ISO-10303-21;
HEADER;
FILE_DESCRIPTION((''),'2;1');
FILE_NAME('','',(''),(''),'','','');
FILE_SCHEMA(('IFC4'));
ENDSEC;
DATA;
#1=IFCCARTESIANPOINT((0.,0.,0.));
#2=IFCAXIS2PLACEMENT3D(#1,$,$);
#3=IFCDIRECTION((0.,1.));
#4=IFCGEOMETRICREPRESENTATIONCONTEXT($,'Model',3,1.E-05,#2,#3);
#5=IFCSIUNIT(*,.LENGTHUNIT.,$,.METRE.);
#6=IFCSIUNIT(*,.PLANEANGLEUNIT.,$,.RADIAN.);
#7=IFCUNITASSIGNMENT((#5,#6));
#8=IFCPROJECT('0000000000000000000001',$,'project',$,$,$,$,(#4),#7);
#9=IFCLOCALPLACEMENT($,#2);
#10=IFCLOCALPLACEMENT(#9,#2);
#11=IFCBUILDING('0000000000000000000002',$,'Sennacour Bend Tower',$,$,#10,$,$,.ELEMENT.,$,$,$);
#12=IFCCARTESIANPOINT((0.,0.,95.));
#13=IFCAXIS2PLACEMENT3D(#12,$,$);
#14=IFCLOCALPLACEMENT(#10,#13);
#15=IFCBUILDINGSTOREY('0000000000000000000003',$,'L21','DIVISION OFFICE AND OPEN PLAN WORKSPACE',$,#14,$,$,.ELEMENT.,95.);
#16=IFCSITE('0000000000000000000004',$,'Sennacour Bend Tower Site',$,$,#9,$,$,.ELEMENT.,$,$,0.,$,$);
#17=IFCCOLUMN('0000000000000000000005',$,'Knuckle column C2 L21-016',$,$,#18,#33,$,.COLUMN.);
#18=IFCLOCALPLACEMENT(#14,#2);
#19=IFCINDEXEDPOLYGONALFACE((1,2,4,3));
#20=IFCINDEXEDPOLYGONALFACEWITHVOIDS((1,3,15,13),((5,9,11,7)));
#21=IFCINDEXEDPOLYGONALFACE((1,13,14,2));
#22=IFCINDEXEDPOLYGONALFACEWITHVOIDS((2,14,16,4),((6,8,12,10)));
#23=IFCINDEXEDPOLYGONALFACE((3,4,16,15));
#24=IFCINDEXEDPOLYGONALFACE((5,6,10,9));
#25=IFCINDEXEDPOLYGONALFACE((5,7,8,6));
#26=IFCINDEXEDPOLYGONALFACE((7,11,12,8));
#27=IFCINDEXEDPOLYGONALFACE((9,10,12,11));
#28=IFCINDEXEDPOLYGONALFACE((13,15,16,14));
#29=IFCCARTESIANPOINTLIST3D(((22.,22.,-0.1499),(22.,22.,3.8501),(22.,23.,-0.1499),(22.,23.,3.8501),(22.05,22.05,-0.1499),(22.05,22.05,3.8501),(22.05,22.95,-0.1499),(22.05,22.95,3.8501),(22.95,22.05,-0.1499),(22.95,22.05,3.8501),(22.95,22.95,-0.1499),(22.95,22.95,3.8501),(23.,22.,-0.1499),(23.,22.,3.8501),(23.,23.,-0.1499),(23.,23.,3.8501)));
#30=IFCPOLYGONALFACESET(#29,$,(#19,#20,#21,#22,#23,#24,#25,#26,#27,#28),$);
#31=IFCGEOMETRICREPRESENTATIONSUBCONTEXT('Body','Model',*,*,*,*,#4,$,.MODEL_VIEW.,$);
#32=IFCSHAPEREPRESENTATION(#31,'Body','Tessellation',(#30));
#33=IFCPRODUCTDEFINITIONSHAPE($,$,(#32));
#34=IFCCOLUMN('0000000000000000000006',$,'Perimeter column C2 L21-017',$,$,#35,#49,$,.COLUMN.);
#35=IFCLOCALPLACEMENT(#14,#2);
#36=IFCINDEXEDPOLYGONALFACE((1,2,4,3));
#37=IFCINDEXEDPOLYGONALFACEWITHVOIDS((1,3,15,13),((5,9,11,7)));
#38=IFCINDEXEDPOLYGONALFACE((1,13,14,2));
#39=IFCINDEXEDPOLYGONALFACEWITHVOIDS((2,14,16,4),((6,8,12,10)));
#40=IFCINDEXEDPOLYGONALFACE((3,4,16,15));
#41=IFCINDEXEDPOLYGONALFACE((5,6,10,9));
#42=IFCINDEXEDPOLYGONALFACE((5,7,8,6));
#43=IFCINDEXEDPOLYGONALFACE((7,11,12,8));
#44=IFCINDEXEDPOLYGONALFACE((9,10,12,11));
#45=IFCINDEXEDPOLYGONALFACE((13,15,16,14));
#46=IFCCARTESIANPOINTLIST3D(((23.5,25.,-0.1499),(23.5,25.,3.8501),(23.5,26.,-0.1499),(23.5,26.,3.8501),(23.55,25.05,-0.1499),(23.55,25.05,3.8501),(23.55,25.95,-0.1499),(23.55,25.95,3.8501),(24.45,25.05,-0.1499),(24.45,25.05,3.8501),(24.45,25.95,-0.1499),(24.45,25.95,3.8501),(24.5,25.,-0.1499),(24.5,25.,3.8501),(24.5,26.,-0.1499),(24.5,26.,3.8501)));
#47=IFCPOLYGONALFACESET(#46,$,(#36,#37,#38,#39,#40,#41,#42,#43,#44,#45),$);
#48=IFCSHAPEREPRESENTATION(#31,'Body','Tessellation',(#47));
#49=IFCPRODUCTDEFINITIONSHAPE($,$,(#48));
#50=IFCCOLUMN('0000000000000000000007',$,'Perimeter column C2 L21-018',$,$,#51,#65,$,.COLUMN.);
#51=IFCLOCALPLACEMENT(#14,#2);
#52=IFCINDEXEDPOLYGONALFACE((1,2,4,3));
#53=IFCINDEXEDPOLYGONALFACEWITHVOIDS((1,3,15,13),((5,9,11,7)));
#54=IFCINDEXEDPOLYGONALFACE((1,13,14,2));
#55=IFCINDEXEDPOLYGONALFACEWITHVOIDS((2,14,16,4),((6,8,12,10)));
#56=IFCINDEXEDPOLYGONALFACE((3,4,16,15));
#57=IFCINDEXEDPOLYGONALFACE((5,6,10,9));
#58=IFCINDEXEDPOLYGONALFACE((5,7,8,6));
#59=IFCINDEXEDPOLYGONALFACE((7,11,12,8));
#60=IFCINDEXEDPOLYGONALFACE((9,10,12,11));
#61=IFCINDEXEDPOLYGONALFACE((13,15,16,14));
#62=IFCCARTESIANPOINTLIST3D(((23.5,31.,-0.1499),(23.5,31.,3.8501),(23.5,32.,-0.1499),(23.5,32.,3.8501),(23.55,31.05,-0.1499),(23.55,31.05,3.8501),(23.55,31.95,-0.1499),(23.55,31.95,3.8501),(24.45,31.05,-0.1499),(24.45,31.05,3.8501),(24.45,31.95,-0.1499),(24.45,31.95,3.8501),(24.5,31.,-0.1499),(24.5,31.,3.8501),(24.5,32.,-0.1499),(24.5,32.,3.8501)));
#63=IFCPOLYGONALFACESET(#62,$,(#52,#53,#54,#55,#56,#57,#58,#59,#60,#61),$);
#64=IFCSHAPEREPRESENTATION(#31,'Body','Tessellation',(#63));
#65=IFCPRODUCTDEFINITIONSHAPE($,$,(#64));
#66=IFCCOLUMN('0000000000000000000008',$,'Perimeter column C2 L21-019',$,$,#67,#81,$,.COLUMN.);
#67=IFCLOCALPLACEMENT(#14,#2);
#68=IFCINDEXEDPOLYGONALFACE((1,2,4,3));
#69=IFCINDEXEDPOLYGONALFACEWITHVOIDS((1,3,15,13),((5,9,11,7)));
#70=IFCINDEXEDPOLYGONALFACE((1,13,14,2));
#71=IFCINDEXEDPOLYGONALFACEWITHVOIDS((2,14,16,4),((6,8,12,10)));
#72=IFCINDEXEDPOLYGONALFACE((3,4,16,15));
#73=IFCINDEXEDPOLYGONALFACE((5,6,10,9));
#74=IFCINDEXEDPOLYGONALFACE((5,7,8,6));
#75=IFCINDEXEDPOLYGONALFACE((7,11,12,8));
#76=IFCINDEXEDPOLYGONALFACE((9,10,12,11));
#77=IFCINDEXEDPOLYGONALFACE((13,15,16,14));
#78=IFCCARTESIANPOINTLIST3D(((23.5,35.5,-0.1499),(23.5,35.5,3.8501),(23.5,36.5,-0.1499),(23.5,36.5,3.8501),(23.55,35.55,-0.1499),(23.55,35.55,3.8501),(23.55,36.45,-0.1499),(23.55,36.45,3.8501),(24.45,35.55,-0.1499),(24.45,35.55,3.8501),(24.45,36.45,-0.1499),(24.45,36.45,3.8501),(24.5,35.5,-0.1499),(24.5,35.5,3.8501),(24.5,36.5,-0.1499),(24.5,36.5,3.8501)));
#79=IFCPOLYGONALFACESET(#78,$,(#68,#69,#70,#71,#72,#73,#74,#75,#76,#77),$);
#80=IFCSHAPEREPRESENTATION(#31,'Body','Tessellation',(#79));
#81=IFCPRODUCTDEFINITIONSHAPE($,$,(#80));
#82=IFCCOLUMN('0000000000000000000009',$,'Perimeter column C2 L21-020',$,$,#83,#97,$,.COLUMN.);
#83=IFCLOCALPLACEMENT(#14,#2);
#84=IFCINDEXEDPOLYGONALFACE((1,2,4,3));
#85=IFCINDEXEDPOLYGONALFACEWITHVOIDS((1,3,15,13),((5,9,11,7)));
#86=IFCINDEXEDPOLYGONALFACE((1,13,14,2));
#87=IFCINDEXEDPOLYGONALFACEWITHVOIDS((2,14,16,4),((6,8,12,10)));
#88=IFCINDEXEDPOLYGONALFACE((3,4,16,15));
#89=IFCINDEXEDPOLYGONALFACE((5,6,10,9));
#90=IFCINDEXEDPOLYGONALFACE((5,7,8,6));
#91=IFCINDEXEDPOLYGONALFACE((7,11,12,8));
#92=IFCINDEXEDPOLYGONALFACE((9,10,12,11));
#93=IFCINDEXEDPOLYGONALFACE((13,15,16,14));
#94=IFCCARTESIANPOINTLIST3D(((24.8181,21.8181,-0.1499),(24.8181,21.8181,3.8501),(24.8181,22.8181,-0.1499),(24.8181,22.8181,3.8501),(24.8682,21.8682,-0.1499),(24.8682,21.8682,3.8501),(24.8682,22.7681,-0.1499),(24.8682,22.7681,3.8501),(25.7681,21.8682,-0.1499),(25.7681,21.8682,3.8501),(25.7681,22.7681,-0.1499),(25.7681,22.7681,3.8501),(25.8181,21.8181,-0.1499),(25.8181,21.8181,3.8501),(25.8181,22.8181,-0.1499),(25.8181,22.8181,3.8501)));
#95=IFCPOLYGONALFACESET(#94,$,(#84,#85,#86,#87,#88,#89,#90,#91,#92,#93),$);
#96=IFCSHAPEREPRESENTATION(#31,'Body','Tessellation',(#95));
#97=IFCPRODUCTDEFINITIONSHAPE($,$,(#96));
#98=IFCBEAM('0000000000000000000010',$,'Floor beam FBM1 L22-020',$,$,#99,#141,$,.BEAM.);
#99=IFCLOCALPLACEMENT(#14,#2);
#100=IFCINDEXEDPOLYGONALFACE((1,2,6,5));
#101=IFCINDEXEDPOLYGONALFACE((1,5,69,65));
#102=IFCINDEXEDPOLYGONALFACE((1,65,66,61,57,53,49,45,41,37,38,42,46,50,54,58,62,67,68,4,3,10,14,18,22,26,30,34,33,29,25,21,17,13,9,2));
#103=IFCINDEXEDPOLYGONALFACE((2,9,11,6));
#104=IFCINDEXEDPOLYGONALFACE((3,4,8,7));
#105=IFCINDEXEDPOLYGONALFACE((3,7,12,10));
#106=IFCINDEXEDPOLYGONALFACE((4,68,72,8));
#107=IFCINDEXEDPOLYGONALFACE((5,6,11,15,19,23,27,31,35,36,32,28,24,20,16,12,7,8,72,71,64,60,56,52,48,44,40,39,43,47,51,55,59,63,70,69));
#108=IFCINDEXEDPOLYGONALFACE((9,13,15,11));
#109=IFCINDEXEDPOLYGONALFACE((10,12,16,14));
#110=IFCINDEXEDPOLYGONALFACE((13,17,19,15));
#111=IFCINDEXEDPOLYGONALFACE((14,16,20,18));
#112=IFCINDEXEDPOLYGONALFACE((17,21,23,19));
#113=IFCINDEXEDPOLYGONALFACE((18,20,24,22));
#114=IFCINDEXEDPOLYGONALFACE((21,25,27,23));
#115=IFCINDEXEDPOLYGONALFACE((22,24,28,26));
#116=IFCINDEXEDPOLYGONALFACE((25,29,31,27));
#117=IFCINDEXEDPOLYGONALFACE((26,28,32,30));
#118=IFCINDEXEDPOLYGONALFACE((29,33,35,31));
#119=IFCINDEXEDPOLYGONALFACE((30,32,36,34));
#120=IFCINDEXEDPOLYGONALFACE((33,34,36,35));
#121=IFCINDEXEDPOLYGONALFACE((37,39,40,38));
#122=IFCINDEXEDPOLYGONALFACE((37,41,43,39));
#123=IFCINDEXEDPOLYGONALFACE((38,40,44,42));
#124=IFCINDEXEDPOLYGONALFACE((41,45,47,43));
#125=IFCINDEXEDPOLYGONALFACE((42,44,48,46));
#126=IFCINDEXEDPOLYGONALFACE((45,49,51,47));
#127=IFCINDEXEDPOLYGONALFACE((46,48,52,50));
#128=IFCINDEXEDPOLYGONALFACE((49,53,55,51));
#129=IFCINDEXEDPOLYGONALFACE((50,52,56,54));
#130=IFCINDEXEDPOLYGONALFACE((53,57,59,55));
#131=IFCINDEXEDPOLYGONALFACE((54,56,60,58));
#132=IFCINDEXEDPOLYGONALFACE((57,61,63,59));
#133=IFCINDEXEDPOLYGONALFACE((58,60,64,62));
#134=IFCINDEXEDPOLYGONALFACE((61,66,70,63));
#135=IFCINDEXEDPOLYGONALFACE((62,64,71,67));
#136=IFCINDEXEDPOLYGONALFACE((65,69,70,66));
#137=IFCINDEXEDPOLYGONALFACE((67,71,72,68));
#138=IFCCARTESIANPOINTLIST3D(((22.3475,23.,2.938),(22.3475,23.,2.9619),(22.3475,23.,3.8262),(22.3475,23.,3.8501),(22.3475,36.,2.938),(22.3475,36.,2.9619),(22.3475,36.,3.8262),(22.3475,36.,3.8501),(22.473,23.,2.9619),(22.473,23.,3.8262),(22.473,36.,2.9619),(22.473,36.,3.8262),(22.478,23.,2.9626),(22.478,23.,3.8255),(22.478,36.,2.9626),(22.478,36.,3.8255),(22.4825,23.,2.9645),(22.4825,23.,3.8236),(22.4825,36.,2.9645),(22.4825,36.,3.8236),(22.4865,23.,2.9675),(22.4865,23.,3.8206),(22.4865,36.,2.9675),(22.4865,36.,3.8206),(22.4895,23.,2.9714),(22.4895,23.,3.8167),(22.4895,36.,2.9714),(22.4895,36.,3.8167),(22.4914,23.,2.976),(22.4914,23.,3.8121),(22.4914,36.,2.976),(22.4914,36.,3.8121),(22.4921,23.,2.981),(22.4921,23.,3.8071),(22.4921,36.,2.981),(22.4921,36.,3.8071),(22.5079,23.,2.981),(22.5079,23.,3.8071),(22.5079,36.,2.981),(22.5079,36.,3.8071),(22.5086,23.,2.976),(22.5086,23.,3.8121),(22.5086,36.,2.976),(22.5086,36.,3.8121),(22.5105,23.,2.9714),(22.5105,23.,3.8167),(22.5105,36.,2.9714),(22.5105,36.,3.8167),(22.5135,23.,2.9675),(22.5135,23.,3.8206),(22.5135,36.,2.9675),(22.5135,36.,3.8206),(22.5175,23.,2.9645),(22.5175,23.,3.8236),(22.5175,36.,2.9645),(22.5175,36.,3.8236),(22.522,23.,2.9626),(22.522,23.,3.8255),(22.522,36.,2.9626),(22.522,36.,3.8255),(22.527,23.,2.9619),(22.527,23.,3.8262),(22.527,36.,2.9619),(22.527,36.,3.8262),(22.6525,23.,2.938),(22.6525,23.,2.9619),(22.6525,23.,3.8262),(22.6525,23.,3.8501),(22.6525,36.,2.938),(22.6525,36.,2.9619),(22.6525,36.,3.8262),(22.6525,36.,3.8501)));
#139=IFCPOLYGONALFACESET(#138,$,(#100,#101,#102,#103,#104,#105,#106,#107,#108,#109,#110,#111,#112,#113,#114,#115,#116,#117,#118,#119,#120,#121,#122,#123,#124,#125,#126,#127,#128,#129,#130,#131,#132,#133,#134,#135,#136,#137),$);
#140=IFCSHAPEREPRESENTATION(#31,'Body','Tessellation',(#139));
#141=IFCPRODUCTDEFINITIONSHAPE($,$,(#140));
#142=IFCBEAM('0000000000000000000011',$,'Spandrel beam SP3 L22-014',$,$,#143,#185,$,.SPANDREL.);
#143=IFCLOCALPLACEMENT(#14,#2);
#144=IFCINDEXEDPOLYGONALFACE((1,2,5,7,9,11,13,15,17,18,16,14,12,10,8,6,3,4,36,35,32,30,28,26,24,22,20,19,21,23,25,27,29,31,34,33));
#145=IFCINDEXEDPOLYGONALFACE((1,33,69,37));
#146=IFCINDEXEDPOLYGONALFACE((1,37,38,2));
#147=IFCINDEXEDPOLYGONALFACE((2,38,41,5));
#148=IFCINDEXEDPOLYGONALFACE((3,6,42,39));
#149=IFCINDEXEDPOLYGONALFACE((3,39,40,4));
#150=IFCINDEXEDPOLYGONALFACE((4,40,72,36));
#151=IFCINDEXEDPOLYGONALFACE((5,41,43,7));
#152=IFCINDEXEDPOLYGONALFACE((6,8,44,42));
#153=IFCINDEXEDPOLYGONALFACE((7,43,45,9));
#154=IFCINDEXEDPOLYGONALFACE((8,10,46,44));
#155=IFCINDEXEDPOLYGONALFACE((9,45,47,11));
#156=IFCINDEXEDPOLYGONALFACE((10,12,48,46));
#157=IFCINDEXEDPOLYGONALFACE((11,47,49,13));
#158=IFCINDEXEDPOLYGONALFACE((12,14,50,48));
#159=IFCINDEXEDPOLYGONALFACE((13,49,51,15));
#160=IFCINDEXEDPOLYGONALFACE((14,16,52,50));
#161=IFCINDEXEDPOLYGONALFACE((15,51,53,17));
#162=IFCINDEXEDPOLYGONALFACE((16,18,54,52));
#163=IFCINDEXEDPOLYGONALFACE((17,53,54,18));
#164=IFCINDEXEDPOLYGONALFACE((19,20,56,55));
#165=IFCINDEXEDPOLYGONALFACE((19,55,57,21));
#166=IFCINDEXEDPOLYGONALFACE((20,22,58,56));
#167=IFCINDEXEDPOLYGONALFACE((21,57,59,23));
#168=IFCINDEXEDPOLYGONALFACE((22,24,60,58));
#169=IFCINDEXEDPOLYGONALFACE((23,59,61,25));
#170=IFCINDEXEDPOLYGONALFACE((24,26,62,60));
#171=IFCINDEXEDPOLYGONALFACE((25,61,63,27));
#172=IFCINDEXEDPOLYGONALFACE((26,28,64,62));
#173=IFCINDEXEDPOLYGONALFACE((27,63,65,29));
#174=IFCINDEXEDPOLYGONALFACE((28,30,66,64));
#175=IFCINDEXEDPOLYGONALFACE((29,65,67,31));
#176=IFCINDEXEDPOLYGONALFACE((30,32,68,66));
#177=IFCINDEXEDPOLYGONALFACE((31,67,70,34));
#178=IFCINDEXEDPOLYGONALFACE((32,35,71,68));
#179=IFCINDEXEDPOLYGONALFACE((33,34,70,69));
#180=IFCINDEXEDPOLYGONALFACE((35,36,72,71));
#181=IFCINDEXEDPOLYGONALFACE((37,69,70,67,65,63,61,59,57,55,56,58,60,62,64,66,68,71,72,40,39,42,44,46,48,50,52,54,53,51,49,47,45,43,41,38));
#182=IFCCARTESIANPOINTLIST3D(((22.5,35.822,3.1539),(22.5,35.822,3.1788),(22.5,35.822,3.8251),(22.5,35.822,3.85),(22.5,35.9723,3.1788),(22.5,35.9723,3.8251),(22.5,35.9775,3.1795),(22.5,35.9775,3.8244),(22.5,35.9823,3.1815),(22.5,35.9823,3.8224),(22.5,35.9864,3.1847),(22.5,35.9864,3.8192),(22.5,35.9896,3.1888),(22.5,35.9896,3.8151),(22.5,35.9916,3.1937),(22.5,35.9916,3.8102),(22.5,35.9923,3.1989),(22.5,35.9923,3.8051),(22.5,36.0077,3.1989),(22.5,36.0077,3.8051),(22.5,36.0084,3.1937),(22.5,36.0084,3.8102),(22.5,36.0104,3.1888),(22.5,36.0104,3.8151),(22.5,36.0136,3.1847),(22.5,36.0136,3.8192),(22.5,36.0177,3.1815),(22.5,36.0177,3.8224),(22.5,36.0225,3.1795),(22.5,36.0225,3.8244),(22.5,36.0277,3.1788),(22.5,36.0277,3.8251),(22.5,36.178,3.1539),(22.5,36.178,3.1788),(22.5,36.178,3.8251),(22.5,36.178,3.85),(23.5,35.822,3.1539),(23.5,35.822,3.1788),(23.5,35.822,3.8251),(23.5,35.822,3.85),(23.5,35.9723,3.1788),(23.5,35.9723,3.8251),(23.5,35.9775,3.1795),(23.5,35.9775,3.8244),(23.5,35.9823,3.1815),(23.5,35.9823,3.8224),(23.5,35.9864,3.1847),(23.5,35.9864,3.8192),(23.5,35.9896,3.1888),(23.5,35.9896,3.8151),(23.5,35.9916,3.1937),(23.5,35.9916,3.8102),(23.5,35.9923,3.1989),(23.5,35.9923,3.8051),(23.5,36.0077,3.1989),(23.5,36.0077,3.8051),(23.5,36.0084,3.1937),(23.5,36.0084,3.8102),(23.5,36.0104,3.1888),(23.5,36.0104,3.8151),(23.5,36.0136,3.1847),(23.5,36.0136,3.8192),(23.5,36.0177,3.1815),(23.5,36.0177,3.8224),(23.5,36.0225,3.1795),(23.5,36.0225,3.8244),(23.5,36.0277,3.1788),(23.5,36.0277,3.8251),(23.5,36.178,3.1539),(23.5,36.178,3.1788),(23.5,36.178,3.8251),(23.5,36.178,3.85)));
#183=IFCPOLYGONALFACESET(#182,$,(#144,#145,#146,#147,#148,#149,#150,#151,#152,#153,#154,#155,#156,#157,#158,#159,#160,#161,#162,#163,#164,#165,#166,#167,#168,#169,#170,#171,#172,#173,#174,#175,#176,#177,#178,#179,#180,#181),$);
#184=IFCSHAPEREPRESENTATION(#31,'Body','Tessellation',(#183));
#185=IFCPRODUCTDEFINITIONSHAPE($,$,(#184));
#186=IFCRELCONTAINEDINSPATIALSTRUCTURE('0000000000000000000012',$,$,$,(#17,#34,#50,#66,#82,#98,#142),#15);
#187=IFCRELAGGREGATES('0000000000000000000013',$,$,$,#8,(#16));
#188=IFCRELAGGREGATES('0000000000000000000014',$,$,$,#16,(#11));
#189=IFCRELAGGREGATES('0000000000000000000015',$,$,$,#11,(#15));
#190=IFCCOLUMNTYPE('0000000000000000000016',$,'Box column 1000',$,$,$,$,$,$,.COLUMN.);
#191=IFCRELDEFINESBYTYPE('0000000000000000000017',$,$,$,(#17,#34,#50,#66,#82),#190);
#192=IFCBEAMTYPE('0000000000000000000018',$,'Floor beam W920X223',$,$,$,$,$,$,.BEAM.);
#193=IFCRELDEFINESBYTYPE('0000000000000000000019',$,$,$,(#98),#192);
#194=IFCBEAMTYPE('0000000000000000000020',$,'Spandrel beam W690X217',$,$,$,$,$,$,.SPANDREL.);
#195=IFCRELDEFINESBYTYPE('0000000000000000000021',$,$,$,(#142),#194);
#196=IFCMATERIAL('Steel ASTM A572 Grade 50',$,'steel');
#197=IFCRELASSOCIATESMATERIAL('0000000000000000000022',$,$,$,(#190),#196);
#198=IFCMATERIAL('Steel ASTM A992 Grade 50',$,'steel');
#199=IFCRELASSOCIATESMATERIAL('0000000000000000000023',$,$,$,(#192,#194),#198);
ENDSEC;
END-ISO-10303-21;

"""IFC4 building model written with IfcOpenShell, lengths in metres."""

from ifc_helpers import new_model, si_unit, direction, frame, origin, origin_2d, place, context, subcontext, project, spatial, hollow_rectangle, i_section, extrude, material, material_profile, profile_set, type_object, element, save


model = new_model("IFC4")

# Units and contexts
model_context = context("Model", 3, precision=1e-05, world=origin(), true_north=direction((0.0, 1.0)))
body_context = subcontext(model_context, "Body", "Model", "MODEL_VIEW")
ifc_project = project(units=[si_unit("LENGTHUNIT", "METRE"), si_unit("PLANEANGLEUNIT", "RADIAN")], contexts=[model_context])

# Site, building, storey
site_placement = place(None, origin())
site = spatial("IfcSite", under=ifc_project, at=site_placement, Name="Sennacour Bend Tower Site", CompositionType="ELEMENT", RefElevation=0.0)
building_placement = place(site_placement, origin())
building = spatial("IfcBuilding", under=site, at=building_placement, Name="Sennacour Bend Tower", CompositionType="ELEMENT")
storey_placement = place(building_placement, frame((0.0, 0.0, 95.0)))
storey = spatial("IfcBuildingStorey", under=building, at=storey_placement, Name="L21", Description="DIVISION OFFICE AND OPEN PLAN WORKSPACE", CompositionType="ELEMENT", Elevation=95.0)

# Columns
ifc_material_1 = material(Name="Steel ASTM A572 Grade 50", Category="steel")
ifc_material_profile_1 = material_profile(ifc_material_1, hollow_rectangle(XDim=1.0, YDim=1.0, WallThickness=0.05, at=origin_2d()), Name="Steel ASTM A572 Grade 50", Category="steel")
ifc_profile_set_1 = profile_set([ifc_material_profile_1], Name="Steel ASTM A572 Grade 50")
column_type = type_object("IfcColumnType", Name="Box column 1000", PredefinedType="COLUMN", material=ifc_profile_set_1)
for number, where, z_axis, x_axis, name in (
    (1, (22.5, 22.5, -0.1499), (0.0, 0.0, 1.0), (1.0, 0.0, 0.0), "Knuckle column C2 L21-016"),
    (2, (24.0, 25.5, -0.1499), (0.0, 0.0, 1.0), (1.0, 0.0, 0.0), "Perimeter column C2 L21-017"),
    (3, (24.0, 31.5, -0.1499), (0.0, 0.0, 1.0), (1.0, 0.0, 0.0), "Perimeter column C2 L21-018"),
    (4, (24.0, 36.0, -0.1499), (0.0, 0.0, 1.0), (1.0, 0.0, 0.0), "Perimeter column C2 L21-019"),
    (5, (25.3181, 22.3181, -0.1499), (0.0, 0.0, 1.0), (1.0, 0.0, 0.0), "Perimeter column C2 L21-020"),
):
    element("IfcColumn", number, at=place(storey_placement, frame(where, z_axis=z_axis, x_axis=x_axis)), inside=storey, type_object=column_type, Name=name, PredefinedType="COLUMN", context=body_context, shape_type="SweptSolid", body=[
        extrude(hollow_rectangle(XDim=1.0, YDim=1.0, WallThickness=0.05, at=origin_2d()), origin(), (0.0, 0.0, 1.0), 4.0),
    ])

# Beams
ifc_material_2 = material(Name="Steel ASTM A992 Grade 50", Category="steel")
ifc_material_profile_2 = material_profile(ifc_material_2, i_section(OverallWidth=0.3049, OverallDepth=0.9121, WebThickness=0.0159, FlangeThickness=0.0239, FilletRadius=0.019, at=origin_2d()), Name="Steel ASTM A992 Grade 50", Category="steel")
ifc_profile_set_2 = profile_set([ifc_material_profile_2], Name="Steel ASTM A992 Grade 50")
beam_type_1 = type_object("IfcBeamType", Name="Floor beam W920X223", PredefinedType="BEAM", material=ifc_profile_set_2)
beam_1_placement = place(storey_placement, frame((22.5, 23.0, 3.394), z_axis=(0.0, 1.0, 0.0), x_axis=(-1.0, 0.0, 0.0)))
element("IfcBeam", 6, at=beam_1_placement, inside=storey, type_object=beam_type_1, Name="Floor beam FBM1 L22-020", PredefinedType="BEAM", context=body_context, shape_type="SweptSolid", body=[
    extrude(i_section(OverallWidth=0.3049, OverallDepth=0.9121, WebThickness=0.0159, FlangeThickness=0.0239, FilletRadius=0.019, at=origin_2d()), origin(), (0.0, 0.0, 1.0), 13.0),
])
ifc_material_profile_3 = material_profile(ifc_material_2, i_section(OverallWidth=0.356, OverallDepth=0.696, WebThickness=0.0154, FlangeThickness=0.0249, FilletRadius=0.02, at=origin_2d()), Name="Steel ASTM A992 Grade 50", Category="steel")
ifc_profile_set_3 = profile_set([ifc_material_profile_3], Name="Steel ASTM A992 Grade 50")
beam_type_2 = type_object("IfcBeamType", Name="Spandrel beam W690X217", PredefinedType="SPANDREL", material=ifc_profile_set_3)
beam_2_placement = place(storey_placement, frame((22.5, 36.0, 3.502), z_axis=(1.0, 0.0, 0.0), x_axis=(0.0, 1.0, 0.0)))
element("IfcBeam", 7, at=beam_2_placement, inside=storey, type_object=beam_type_2, Name="Spandrel beam SP3 L22-014", PredefinedType="SPANDREL", context=body_context, shape_type="SweptSolid", body=[
    extrude(i_section(OverallWidth=0.356, OverallDepth=0.696, WebThickness=0.0154, FlangeThickness=0.0249, FilletRadius=0.02, at=origin_2d()), origin(), (0.0, 0.0, 1.0), 1.0),
])

save(model, "model.ifc")
